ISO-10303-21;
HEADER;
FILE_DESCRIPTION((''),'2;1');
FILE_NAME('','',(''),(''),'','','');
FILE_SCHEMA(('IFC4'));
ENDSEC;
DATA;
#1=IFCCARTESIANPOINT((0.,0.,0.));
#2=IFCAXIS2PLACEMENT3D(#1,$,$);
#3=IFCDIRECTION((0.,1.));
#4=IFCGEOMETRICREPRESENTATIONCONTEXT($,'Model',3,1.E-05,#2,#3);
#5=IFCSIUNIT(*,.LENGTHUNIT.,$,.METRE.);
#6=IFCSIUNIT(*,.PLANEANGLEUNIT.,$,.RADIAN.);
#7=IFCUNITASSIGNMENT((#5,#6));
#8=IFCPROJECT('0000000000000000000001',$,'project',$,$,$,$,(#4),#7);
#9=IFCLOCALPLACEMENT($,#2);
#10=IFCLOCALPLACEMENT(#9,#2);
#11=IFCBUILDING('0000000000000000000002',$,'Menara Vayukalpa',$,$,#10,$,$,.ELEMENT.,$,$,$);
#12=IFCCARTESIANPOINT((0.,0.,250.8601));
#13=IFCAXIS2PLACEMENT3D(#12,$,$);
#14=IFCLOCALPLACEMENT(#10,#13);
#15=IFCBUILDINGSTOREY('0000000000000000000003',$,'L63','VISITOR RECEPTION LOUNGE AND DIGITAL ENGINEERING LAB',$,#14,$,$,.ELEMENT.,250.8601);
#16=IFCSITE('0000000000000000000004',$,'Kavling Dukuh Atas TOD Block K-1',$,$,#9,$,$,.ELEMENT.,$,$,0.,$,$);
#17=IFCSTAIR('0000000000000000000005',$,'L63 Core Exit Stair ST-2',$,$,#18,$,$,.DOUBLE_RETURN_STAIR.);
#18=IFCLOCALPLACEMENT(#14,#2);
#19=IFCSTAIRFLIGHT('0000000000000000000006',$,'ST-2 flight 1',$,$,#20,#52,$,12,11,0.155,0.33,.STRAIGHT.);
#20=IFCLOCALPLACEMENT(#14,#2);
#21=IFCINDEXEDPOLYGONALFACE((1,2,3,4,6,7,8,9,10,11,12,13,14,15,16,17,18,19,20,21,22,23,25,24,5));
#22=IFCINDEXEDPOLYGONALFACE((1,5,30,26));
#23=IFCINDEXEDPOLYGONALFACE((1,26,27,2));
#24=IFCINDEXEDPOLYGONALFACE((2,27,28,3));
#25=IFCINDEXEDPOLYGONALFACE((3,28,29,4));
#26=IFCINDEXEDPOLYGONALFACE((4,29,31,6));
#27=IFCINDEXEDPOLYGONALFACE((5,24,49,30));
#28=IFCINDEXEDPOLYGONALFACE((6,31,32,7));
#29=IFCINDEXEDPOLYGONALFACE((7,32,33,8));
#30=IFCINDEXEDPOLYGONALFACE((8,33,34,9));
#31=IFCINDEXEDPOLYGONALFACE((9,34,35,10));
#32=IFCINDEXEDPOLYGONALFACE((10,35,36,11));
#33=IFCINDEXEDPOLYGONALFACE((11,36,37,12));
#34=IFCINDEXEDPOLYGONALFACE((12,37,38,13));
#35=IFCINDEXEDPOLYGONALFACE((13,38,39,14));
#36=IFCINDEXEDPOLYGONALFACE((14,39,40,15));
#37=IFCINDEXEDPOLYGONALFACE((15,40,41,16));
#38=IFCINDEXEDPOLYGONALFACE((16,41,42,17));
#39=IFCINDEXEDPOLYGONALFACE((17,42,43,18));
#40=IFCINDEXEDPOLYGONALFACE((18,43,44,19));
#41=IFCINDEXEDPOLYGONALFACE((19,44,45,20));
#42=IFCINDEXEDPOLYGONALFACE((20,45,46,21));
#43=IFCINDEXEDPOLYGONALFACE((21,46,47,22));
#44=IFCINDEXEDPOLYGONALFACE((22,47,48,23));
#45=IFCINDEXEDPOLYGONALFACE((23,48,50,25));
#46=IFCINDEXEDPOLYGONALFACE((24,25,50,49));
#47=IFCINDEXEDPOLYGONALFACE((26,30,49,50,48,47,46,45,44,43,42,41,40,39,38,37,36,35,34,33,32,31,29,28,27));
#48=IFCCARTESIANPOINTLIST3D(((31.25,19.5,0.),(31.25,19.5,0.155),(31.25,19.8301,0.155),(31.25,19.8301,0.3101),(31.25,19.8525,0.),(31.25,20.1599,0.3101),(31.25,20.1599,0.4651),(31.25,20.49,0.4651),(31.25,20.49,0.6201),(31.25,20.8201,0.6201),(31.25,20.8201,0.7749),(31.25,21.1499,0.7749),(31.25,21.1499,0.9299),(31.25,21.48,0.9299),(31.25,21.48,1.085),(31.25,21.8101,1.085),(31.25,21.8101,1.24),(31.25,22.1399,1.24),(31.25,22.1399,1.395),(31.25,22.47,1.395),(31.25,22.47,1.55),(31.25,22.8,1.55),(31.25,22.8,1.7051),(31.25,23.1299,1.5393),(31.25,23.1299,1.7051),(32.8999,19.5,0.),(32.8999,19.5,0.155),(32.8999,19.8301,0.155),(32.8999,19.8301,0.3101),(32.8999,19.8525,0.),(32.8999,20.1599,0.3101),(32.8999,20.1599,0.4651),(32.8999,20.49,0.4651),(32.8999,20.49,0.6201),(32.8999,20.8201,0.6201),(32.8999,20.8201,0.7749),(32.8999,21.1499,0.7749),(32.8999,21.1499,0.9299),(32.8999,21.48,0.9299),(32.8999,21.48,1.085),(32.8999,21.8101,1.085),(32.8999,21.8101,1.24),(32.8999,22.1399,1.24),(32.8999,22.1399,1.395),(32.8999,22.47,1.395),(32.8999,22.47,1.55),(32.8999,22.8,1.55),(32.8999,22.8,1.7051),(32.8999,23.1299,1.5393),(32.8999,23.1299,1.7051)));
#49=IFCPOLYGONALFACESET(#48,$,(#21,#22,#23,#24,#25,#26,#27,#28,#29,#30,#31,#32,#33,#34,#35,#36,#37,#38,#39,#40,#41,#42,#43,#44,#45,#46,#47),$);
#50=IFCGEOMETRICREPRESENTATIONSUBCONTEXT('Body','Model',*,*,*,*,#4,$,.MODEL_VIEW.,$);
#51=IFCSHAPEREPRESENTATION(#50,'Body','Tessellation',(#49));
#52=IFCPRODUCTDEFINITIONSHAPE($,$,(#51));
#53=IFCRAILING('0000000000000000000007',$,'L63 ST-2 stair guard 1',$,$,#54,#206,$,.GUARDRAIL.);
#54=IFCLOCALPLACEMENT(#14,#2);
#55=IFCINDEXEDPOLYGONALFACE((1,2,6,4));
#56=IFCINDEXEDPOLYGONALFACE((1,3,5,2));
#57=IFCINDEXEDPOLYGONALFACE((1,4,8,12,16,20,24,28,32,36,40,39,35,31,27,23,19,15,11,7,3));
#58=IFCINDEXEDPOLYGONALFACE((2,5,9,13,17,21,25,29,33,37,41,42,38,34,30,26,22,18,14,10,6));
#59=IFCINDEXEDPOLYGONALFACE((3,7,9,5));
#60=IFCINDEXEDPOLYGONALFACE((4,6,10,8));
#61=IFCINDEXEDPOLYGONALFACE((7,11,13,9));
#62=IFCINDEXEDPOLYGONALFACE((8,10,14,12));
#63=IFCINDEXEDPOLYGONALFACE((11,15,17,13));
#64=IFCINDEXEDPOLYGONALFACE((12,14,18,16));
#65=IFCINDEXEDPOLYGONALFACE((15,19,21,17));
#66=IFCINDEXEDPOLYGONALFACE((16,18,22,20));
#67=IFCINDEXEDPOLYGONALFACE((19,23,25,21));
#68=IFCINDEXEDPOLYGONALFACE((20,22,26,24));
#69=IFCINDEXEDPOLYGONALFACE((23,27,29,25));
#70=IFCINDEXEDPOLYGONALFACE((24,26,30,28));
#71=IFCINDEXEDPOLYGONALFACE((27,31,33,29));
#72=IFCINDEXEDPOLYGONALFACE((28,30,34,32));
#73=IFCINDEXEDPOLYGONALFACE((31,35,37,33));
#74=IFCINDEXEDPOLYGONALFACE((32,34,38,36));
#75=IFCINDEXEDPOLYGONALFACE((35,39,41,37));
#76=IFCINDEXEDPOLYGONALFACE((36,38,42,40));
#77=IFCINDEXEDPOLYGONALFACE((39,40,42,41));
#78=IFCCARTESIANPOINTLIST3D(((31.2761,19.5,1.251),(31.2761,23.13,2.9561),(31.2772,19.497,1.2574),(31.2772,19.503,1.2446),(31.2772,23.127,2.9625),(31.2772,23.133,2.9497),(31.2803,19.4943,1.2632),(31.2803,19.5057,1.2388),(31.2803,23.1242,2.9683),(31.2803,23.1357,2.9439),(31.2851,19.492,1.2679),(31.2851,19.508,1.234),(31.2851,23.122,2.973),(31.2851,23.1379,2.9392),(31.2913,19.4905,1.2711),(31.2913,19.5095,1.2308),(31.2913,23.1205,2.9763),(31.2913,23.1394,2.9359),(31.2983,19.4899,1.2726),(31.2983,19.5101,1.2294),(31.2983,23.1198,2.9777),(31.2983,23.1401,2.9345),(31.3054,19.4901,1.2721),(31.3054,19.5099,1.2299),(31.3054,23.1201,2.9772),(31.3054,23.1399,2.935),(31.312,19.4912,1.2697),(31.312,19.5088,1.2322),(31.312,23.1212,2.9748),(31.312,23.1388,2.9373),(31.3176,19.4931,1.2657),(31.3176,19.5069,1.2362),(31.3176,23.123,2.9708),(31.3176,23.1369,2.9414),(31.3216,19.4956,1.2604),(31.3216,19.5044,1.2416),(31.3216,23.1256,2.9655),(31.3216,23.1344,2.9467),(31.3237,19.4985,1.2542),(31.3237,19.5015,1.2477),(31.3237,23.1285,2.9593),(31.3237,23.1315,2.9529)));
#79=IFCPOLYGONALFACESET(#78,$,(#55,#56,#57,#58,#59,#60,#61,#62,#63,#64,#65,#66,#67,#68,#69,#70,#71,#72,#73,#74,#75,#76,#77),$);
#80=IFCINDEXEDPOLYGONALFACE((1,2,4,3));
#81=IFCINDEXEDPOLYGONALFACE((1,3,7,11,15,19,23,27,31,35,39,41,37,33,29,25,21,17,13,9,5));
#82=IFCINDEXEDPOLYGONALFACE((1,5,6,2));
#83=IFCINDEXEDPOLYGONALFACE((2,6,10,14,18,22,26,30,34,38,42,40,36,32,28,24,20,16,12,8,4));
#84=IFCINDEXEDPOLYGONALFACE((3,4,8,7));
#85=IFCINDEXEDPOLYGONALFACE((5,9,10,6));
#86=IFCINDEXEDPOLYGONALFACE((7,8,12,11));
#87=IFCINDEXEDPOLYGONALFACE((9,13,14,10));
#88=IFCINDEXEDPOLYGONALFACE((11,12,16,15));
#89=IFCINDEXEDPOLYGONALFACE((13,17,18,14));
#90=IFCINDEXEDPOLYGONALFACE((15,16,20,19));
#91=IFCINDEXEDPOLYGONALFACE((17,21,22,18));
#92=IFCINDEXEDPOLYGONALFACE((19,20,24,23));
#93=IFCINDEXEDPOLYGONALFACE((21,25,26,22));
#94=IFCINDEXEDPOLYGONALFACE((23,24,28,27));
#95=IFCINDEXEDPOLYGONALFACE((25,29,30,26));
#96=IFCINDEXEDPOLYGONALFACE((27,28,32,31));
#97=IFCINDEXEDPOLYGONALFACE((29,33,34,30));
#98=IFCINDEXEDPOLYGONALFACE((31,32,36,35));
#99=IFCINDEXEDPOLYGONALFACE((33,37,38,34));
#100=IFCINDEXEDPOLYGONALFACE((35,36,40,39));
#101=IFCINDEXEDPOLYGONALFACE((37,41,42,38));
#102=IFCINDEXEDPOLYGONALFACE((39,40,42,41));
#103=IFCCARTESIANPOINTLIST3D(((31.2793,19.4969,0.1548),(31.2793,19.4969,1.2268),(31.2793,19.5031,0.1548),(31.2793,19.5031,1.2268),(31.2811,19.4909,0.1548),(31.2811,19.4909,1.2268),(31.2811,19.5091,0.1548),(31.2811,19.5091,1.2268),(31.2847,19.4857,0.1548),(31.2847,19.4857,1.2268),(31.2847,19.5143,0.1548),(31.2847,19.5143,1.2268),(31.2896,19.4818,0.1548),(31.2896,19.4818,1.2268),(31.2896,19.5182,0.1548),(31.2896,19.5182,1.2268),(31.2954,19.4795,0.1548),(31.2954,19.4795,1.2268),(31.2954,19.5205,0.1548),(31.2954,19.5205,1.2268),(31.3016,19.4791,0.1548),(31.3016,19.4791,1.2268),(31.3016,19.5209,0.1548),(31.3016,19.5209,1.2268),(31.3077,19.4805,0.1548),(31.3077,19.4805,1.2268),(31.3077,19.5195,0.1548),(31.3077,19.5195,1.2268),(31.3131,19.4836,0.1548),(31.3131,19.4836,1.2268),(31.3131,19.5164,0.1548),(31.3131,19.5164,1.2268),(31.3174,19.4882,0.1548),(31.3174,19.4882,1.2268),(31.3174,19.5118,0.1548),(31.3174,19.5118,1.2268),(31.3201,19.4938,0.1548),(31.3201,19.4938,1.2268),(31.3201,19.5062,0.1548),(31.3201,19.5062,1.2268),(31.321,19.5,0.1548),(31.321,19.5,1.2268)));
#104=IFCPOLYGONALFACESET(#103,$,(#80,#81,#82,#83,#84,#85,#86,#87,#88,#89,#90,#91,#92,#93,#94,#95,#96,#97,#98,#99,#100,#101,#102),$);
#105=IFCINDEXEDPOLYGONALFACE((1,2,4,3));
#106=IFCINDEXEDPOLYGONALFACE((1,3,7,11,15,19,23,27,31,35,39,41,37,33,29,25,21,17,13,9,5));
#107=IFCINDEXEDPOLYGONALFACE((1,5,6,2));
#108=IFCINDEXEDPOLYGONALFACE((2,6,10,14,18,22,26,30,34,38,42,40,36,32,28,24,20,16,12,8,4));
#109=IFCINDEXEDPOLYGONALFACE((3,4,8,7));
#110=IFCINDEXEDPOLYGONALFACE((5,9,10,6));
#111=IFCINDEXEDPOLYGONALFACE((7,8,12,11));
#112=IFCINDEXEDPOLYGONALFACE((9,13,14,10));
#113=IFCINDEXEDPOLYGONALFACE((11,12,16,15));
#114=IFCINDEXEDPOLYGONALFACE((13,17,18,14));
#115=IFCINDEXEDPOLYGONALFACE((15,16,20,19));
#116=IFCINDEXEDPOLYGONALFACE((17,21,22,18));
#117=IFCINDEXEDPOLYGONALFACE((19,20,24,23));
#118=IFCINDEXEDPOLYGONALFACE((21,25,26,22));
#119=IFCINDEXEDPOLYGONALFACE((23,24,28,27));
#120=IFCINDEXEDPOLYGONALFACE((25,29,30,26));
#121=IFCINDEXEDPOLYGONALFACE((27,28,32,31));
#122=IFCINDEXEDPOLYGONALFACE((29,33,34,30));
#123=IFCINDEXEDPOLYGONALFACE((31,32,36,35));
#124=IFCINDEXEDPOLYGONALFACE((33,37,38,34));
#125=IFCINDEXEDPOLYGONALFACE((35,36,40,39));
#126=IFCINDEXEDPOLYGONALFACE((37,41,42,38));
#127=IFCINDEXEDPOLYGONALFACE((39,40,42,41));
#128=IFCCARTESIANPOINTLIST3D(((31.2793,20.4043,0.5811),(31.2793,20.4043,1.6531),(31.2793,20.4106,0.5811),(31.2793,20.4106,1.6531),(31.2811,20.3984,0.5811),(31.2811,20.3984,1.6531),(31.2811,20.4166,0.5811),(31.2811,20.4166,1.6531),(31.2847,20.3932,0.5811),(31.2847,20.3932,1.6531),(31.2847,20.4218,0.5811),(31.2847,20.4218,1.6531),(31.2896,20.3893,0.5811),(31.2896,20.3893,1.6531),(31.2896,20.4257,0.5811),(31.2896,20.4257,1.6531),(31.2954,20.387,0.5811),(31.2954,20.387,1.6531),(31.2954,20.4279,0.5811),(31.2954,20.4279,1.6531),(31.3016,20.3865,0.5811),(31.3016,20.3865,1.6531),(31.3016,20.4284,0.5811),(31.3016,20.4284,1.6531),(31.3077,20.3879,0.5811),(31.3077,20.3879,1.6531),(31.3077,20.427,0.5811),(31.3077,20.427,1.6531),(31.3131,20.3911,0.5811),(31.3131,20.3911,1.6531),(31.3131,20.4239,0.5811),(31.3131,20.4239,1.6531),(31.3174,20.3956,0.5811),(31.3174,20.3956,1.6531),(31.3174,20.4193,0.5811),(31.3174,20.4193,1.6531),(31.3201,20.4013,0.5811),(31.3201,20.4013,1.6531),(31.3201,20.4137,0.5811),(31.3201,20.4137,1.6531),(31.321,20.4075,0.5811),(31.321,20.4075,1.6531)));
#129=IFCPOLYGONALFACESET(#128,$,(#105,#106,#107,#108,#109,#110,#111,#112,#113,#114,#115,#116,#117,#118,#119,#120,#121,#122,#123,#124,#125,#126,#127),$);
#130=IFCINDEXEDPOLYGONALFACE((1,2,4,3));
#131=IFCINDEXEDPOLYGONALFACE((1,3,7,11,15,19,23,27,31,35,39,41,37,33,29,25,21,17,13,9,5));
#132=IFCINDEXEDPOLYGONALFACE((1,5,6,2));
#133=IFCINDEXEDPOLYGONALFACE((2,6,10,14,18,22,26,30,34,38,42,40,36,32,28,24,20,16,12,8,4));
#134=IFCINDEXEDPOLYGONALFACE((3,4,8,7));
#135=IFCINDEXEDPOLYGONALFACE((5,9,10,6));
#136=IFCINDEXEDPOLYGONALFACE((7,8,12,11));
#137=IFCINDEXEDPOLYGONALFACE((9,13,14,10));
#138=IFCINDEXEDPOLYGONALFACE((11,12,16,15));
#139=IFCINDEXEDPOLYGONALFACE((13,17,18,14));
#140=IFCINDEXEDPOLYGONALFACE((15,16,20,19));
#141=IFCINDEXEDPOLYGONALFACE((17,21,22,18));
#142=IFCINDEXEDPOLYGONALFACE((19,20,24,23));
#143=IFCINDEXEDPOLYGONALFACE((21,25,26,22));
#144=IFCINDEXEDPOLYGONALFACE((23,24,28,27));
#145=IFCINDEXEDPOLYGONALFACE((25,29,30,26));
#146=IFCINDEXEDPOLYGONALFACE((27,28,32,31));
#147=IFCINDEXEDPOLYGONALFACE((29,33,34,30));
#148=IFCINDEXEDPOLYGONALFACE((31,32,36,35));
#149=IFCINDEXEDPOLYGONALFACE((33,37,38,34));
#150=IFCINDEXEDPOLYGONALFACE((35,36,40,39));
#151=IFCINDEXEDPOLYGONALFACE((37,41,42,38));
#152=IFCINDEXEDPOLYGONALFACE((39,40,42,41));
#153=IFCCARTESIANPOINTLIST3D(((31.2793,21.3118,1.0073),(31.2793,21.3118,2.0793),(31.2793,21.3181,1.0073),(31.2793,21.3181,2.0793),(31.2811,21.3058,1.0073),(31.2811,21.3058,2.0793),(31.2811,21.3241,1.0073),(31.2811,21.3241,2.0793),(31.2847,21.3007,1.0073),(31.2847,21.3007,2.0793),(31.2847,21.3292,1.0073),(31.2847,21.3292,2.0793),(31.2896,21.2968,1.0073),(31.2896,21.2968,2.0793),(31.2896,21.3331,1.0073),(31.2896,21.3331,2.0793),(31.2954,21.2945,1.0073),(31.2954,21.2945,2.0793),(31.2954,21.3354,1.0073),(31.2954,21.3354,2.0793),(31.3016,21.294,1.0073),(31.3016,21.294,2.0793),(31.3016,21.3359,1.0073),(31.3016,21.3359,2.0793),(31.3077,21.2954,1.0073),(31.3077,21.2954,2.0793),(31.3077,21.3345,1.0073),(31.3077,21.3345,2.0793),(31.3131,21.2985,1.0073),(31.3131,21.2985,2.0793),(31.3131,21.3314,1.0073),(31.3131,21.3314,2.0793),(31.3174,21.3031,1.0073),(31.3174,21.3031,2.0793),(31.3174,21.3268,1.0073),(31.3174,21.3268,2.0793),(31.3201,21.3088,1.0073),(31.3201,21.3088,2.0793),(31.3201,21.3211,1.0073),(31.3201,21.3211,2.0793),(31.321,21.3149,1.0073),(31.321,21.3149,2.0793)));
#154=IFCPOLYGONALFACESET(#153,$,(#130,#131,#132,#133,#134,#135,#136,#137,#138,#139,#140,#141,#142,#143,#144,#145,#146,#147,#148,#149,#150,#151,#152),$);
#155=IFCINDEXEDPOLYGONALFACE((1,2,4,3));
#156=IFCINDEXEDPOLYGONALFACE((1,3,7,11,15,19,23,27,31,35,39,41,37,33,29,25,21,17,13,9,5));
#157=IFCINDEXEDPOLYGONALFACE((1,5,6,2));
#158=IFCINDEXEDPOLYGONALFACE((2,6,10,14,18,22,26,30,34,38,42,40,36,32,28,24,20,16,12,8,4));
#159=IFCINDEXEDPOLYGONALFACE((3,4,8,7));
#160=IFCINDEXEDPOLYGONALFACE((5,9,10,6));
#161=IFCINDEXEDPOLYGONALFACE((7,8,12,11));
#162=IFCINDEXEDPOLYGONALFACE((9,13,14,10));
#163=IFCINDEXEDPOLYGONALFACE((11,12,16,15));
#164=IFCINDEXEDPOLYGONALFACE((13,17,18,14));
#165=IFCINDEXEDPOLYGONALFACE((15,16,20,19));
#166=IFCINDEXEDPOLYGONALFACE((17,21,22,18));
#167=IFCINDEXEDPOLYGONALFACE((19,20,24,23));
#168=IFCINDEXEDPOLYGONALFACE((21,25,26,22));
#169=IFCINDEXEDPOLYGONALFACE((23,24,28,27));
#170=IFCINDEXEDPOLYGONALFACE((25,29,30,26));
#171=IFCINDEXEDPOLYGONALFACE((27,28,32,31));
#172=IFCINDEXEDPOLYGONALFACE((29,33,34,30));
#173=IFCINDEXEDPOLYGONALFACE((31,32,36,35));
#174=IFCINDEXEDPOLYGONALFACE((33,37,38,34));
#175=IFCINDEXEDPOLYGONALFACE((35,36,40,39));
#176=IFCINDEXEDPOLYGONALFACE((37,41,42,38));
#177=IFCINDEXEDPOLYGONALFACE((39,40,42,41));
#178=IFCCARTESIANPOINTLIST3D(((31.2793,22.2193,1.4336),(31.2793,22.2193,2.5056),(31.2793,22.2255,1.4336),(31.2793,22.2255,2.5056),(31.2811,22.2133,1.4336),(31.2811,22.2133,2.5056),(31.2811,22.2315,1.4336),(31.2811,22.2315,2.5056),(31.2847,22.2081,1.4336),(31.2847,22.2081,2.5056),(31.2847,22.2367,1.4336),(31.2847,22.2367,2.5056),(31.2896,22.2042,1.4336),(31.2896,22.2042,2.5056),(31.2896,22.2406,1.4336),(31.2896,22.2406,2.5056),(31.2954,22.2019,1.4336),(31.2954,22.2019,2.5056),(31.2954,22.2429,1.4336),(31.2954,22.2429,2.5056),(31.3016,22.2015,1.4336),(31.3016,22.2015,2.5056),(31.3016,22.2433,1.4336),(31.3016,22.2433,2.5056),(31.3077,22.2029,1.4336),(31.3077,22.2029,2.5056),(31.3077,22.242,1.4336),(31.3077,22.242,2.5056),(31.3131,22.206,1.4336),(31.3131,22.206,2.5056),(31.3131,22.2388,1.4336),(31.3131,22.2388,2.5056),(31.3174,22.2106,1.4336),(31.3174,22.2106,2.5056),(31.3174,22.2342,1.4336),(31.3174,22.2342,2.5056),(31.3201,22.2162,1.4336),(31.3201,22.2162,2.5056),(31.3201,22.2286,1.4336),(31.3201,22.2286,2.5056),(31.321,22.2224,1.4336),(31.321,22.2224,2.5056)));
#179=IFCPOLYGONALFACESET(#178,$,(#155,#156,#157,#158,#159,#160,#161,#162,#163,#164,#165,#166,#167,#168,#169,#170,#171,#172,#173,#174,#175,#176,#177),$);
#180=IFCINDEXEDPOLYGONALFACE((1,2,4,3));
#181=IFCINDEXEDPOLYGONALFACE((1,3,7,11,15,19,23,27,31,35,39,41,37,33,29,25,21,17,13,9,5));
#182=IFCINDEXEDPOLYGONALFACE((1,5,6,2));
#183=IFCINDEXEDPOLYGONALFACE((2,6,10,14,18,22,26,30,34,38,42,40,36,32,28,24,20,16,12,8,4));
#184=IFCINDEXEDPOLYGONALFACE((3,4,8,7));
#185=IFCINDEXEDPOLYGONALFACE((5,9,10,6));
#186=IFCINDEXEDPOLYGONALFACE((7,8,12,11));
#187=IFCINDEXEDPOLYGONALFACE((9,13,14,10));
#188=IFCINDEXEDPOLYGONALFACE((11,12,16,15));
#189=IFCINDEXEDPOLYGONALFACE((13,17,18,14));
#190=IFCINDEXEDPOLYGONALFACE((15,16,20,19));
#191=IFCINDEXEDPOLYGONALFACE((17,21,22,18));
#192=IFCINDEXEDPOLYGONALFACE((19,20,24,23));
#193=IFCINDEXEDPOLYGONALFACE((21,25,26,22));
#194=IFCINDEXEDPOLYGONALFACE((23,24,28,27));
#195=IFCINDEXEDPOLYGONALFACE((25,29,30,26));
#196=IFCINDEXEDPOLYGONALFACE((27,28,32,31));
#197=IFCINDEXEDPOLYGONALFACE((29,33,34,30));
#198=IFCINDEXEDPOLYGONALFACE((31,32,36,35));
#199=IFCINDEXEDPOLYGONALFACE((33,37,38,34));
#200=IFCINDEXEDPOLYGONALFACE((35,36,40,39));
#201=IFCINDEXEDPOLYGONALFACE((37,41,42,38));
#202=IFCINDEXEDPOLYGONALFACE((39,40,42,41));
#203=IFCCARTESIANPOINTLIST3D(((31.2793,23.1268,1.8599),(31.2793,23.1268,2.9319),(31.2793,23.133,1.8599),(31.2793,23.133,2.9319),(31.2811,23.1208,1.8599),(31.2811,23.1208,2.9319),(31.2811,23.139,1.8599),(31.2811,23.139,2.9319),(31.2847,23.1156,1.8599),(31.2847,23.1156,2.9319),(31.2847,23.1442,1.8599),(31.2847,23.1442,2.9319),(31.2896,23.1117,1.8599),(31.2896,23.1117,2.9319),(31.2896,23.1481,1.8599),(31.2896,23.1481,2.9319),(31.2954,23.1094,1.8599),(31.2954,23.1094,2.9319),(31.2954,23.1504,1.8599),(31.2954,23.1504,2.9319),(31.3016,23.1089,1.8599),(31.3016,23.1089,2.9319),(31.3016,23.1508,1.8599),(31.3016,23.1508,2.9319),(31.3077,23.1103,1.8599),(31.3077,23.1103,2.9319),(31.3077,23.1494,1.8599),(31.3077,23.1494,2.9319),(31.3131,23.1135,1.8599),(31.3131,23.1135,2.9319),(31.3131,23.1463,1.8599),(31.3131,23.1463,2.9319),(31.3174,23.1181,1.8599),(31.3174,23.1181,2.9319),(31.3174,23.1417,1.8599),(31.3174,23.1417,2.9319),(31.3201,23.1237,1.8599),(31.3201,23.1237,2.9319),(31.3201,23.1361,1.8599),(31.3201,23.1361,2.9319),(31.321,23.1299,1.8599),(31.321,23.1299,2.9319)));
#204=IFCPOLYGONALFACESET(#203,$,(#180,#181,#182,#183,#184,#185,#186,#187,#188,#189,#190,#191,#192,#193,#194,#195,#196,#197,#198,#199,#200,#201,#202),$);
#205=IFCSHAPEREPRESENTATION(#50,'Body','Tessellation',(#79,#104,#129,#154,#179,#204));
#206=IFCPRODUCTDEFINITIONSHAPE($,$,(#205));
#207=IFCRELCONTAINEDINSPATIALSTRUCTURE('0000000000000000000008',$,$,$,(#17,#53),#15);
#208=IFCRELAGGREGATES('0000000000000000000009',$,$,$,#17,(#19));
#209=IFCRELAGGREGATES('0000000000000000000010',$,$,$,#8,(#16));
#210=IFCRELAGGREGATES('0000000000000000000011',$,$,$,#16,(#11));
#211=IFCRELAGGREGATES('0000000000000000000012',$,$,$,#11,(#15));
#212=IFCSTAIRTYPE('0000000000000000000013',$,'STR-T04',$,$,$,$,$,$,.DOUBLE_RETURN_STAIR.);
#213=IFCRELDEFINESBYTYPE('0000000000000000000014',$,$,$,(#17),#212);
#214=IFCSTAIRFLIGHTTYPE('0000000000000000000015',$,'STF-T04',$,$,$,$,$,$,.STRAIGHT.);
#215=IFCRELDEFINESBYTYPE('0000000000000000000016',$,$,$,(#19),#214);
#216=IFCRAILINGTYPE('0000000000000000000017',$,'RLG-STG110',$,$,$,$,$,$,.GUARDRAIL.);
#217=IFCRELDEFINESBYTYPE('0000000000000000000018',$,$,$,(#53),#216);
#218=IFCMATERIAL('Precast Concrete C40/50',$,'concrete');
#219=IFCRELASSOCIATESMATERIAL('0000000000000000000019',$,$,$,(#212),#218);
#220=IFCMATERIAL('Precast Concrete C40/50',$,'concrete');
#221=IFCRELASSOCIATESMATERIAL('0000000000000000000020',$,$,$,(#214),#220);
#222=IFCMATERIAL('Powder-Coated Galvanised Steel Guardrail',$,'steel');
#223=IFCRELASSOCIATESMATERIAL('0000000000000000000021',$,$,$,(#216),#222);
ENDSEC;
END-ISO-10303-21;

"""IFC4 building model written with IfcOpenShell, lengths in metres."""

from ifc_helpers import new_model, si_unit, direction, frame, origin, origin_2d, place, context, subcontext, project, spatial, polyline, circle, outline, extrude, material, type_object, element, aggregate, save


model = new_model("IFC4")

# Units and contexts
model_context = context("Model", 3, precision=1e-05, world=origin(), true_north=direction((0.0, 1.0)))
body_context = subcontext(model_context, "Body", "Model", "MODEL_VIEW")
ifc_project = project(units=[si_unit("LENGTHUNIT", "METRE"), si_unit("PLANEANGLEUNIT", "RADIAN")], contexts=[model_context])

# Site, building, storey
site_placement = place(None, origin())
site = spatial("IfcSite", under=ifc_project, at=site_placement, Name="Kavling Dukuh Atas TOD Block K-1", CompositionType="ELEMENT", RefElevation=0.0)
building_placement = place(site_placement, origin())
building = spatial("IfcBuilding", under=site, at=building_placement, Name="Menara Vayukalpa", CompositionType="ELEMENT")
storey_placement = place(building_placement, frame((0.0, 0.0, 250.8601)))
storey = spatial("IfcBuildingStorey", under=building, at=storey_placement, Name="L63", Description="VISITOR RECEPTION LOUNGE AND DIGITAL ENGINEERING LAB", CompositionType="ELEMENT", Elevation=250.8601)

# Stair, stair flight
ifc_material_1 = material(Name="Precast Concrete C40/50", Category="concrete")
stair_type = type_object("IfcStairType", Name="STR-T04", PredefinedType="DOUBLE_RETURN_STAIR", material=ifc_material_1)
stair_placement = place(storey_placement, origin())
stair = element("IfcStair", 1, at=stair_placement, inside=storey, type_object=stair_type, Name="L63 Core Exit Stair ST-2", PredefinedType="DOUBLE_RETURN_STAIR")
ifc_material_2 = material(Name="Precast Concrete C40/50", Category="concrete")
stair_flight_type = type_object("IfcStairFlightType", Name="STF-T04", PredefinedType="STRAIGHT", material=ifc_material_2)
stair_flight_placement = place(storey_placement, frame((32.075, 19.5, 0.0), z_axis=(0.0, 0.0, 1.0), x_axis=(0.0, 1.0, 0.0)))
stair_flight = element("IfcStairFlight", 2, at=stair_flight_placement, type_object=stair_flight_type, Name="ST-2 flight 1", NumberOfRisers=12, NumberOfTreads=11, PredefinedType="STRAIGHT", RiserHeight=0.155, TreadLength=0.33, context=body_context, shape_type="SweptSolid", body=[
    extrude(outline(polyline([(0.0, 0.0), (0.0, 0.155), (0.3301, 0.155), (0.3301, 0.3101), (0.6599, 0.3101), (0.6599, 0.4651), (0.99, 0.4651), (0.99, 0.6201), (1.3201, 0.6201), (1.3201, 0.7749), (1.6499, 0.7749), (1.6499, 0.9299), (1.98, 0.9299), (1.98, 1.085), (2.3101, 1.085), (2.3101, 1.24), (2.6399, 1.24), (2.6399, 1.395), (2.97, 1.395), (2.97, 1.55), (3.3, 1.55), (3.3, 1.7051), (3.6299, 1.7051), (3.6299, 1.8601), (3.6299, 1.5393), (0.3525, 0.0), (0.0, 0.0)])), frame((0.0, 0.825, 0.0), z_axis=(0.0, -1.0, 0.0), x_axis=(1.0, 0.0, 0.0)), (0.0, 0.0, 1.0), 1.6499),
])
aggregate(stair, [stair_flight])

# Railing
ifc_material_3 = material(Name="Powder-Coated Galvanised Steel Guardrail", Category="steel")
railing_type_1 = type_object("IfcRailingType", Name="RLG-STG110", PredefinedType="GUARDRAIL", material=ifc_material_3)
railing_1_placement = place(storey_placement, frame((31.3, 19.5, 0.1548)))
element("IfcRailing", 3, at=railing_1_placement, inside=storey, type_object=railing_type_1, Name="L63 ST-2 stair guard 1", PredefinedType="GUARDRAIL", context=body_context, shape_type="SweptSolid", body=[
    extrude(circle(Radius=0.0239, at=origin_2d()), frame((0.0, 0.0, 1.0962), z_axis=(0.0, 0.905116, 0.425164), x_axis=(-1.0, 0.0, 0.0)), (0.0, 0.0, 1.0), 4.0105),
    extrude(circle(Radius=0.021, at=origin_2d()), origin(), (0.0, 0.0, 1.0), 1.072),
    extrude(circle(Radius=0.021, at=origin_2d()), frame((0.0, 0.9075, 0.4263)), (0.0, 0.0, 1.0), 1.072),
    extrude(circle(Radius=0.021, at=origin_2d()), frame((0.0, 1.8149, 0.8525)), (0.0, 0.0, 1.0), 1.072),
    extrude(circle(Radius=0.021, at=origin_2d()), frame((0.0, 2.7224, 1.2788)), (0.0, 0.0, 1.0), 1.072),
    extrude(circle(Radius=0.021, at=origin_2d()), frame((0.0, 3.6299, 1.7051)), (0.0, 0.0, 1.0), 1.072),
])

save(model, "model.ifc")
